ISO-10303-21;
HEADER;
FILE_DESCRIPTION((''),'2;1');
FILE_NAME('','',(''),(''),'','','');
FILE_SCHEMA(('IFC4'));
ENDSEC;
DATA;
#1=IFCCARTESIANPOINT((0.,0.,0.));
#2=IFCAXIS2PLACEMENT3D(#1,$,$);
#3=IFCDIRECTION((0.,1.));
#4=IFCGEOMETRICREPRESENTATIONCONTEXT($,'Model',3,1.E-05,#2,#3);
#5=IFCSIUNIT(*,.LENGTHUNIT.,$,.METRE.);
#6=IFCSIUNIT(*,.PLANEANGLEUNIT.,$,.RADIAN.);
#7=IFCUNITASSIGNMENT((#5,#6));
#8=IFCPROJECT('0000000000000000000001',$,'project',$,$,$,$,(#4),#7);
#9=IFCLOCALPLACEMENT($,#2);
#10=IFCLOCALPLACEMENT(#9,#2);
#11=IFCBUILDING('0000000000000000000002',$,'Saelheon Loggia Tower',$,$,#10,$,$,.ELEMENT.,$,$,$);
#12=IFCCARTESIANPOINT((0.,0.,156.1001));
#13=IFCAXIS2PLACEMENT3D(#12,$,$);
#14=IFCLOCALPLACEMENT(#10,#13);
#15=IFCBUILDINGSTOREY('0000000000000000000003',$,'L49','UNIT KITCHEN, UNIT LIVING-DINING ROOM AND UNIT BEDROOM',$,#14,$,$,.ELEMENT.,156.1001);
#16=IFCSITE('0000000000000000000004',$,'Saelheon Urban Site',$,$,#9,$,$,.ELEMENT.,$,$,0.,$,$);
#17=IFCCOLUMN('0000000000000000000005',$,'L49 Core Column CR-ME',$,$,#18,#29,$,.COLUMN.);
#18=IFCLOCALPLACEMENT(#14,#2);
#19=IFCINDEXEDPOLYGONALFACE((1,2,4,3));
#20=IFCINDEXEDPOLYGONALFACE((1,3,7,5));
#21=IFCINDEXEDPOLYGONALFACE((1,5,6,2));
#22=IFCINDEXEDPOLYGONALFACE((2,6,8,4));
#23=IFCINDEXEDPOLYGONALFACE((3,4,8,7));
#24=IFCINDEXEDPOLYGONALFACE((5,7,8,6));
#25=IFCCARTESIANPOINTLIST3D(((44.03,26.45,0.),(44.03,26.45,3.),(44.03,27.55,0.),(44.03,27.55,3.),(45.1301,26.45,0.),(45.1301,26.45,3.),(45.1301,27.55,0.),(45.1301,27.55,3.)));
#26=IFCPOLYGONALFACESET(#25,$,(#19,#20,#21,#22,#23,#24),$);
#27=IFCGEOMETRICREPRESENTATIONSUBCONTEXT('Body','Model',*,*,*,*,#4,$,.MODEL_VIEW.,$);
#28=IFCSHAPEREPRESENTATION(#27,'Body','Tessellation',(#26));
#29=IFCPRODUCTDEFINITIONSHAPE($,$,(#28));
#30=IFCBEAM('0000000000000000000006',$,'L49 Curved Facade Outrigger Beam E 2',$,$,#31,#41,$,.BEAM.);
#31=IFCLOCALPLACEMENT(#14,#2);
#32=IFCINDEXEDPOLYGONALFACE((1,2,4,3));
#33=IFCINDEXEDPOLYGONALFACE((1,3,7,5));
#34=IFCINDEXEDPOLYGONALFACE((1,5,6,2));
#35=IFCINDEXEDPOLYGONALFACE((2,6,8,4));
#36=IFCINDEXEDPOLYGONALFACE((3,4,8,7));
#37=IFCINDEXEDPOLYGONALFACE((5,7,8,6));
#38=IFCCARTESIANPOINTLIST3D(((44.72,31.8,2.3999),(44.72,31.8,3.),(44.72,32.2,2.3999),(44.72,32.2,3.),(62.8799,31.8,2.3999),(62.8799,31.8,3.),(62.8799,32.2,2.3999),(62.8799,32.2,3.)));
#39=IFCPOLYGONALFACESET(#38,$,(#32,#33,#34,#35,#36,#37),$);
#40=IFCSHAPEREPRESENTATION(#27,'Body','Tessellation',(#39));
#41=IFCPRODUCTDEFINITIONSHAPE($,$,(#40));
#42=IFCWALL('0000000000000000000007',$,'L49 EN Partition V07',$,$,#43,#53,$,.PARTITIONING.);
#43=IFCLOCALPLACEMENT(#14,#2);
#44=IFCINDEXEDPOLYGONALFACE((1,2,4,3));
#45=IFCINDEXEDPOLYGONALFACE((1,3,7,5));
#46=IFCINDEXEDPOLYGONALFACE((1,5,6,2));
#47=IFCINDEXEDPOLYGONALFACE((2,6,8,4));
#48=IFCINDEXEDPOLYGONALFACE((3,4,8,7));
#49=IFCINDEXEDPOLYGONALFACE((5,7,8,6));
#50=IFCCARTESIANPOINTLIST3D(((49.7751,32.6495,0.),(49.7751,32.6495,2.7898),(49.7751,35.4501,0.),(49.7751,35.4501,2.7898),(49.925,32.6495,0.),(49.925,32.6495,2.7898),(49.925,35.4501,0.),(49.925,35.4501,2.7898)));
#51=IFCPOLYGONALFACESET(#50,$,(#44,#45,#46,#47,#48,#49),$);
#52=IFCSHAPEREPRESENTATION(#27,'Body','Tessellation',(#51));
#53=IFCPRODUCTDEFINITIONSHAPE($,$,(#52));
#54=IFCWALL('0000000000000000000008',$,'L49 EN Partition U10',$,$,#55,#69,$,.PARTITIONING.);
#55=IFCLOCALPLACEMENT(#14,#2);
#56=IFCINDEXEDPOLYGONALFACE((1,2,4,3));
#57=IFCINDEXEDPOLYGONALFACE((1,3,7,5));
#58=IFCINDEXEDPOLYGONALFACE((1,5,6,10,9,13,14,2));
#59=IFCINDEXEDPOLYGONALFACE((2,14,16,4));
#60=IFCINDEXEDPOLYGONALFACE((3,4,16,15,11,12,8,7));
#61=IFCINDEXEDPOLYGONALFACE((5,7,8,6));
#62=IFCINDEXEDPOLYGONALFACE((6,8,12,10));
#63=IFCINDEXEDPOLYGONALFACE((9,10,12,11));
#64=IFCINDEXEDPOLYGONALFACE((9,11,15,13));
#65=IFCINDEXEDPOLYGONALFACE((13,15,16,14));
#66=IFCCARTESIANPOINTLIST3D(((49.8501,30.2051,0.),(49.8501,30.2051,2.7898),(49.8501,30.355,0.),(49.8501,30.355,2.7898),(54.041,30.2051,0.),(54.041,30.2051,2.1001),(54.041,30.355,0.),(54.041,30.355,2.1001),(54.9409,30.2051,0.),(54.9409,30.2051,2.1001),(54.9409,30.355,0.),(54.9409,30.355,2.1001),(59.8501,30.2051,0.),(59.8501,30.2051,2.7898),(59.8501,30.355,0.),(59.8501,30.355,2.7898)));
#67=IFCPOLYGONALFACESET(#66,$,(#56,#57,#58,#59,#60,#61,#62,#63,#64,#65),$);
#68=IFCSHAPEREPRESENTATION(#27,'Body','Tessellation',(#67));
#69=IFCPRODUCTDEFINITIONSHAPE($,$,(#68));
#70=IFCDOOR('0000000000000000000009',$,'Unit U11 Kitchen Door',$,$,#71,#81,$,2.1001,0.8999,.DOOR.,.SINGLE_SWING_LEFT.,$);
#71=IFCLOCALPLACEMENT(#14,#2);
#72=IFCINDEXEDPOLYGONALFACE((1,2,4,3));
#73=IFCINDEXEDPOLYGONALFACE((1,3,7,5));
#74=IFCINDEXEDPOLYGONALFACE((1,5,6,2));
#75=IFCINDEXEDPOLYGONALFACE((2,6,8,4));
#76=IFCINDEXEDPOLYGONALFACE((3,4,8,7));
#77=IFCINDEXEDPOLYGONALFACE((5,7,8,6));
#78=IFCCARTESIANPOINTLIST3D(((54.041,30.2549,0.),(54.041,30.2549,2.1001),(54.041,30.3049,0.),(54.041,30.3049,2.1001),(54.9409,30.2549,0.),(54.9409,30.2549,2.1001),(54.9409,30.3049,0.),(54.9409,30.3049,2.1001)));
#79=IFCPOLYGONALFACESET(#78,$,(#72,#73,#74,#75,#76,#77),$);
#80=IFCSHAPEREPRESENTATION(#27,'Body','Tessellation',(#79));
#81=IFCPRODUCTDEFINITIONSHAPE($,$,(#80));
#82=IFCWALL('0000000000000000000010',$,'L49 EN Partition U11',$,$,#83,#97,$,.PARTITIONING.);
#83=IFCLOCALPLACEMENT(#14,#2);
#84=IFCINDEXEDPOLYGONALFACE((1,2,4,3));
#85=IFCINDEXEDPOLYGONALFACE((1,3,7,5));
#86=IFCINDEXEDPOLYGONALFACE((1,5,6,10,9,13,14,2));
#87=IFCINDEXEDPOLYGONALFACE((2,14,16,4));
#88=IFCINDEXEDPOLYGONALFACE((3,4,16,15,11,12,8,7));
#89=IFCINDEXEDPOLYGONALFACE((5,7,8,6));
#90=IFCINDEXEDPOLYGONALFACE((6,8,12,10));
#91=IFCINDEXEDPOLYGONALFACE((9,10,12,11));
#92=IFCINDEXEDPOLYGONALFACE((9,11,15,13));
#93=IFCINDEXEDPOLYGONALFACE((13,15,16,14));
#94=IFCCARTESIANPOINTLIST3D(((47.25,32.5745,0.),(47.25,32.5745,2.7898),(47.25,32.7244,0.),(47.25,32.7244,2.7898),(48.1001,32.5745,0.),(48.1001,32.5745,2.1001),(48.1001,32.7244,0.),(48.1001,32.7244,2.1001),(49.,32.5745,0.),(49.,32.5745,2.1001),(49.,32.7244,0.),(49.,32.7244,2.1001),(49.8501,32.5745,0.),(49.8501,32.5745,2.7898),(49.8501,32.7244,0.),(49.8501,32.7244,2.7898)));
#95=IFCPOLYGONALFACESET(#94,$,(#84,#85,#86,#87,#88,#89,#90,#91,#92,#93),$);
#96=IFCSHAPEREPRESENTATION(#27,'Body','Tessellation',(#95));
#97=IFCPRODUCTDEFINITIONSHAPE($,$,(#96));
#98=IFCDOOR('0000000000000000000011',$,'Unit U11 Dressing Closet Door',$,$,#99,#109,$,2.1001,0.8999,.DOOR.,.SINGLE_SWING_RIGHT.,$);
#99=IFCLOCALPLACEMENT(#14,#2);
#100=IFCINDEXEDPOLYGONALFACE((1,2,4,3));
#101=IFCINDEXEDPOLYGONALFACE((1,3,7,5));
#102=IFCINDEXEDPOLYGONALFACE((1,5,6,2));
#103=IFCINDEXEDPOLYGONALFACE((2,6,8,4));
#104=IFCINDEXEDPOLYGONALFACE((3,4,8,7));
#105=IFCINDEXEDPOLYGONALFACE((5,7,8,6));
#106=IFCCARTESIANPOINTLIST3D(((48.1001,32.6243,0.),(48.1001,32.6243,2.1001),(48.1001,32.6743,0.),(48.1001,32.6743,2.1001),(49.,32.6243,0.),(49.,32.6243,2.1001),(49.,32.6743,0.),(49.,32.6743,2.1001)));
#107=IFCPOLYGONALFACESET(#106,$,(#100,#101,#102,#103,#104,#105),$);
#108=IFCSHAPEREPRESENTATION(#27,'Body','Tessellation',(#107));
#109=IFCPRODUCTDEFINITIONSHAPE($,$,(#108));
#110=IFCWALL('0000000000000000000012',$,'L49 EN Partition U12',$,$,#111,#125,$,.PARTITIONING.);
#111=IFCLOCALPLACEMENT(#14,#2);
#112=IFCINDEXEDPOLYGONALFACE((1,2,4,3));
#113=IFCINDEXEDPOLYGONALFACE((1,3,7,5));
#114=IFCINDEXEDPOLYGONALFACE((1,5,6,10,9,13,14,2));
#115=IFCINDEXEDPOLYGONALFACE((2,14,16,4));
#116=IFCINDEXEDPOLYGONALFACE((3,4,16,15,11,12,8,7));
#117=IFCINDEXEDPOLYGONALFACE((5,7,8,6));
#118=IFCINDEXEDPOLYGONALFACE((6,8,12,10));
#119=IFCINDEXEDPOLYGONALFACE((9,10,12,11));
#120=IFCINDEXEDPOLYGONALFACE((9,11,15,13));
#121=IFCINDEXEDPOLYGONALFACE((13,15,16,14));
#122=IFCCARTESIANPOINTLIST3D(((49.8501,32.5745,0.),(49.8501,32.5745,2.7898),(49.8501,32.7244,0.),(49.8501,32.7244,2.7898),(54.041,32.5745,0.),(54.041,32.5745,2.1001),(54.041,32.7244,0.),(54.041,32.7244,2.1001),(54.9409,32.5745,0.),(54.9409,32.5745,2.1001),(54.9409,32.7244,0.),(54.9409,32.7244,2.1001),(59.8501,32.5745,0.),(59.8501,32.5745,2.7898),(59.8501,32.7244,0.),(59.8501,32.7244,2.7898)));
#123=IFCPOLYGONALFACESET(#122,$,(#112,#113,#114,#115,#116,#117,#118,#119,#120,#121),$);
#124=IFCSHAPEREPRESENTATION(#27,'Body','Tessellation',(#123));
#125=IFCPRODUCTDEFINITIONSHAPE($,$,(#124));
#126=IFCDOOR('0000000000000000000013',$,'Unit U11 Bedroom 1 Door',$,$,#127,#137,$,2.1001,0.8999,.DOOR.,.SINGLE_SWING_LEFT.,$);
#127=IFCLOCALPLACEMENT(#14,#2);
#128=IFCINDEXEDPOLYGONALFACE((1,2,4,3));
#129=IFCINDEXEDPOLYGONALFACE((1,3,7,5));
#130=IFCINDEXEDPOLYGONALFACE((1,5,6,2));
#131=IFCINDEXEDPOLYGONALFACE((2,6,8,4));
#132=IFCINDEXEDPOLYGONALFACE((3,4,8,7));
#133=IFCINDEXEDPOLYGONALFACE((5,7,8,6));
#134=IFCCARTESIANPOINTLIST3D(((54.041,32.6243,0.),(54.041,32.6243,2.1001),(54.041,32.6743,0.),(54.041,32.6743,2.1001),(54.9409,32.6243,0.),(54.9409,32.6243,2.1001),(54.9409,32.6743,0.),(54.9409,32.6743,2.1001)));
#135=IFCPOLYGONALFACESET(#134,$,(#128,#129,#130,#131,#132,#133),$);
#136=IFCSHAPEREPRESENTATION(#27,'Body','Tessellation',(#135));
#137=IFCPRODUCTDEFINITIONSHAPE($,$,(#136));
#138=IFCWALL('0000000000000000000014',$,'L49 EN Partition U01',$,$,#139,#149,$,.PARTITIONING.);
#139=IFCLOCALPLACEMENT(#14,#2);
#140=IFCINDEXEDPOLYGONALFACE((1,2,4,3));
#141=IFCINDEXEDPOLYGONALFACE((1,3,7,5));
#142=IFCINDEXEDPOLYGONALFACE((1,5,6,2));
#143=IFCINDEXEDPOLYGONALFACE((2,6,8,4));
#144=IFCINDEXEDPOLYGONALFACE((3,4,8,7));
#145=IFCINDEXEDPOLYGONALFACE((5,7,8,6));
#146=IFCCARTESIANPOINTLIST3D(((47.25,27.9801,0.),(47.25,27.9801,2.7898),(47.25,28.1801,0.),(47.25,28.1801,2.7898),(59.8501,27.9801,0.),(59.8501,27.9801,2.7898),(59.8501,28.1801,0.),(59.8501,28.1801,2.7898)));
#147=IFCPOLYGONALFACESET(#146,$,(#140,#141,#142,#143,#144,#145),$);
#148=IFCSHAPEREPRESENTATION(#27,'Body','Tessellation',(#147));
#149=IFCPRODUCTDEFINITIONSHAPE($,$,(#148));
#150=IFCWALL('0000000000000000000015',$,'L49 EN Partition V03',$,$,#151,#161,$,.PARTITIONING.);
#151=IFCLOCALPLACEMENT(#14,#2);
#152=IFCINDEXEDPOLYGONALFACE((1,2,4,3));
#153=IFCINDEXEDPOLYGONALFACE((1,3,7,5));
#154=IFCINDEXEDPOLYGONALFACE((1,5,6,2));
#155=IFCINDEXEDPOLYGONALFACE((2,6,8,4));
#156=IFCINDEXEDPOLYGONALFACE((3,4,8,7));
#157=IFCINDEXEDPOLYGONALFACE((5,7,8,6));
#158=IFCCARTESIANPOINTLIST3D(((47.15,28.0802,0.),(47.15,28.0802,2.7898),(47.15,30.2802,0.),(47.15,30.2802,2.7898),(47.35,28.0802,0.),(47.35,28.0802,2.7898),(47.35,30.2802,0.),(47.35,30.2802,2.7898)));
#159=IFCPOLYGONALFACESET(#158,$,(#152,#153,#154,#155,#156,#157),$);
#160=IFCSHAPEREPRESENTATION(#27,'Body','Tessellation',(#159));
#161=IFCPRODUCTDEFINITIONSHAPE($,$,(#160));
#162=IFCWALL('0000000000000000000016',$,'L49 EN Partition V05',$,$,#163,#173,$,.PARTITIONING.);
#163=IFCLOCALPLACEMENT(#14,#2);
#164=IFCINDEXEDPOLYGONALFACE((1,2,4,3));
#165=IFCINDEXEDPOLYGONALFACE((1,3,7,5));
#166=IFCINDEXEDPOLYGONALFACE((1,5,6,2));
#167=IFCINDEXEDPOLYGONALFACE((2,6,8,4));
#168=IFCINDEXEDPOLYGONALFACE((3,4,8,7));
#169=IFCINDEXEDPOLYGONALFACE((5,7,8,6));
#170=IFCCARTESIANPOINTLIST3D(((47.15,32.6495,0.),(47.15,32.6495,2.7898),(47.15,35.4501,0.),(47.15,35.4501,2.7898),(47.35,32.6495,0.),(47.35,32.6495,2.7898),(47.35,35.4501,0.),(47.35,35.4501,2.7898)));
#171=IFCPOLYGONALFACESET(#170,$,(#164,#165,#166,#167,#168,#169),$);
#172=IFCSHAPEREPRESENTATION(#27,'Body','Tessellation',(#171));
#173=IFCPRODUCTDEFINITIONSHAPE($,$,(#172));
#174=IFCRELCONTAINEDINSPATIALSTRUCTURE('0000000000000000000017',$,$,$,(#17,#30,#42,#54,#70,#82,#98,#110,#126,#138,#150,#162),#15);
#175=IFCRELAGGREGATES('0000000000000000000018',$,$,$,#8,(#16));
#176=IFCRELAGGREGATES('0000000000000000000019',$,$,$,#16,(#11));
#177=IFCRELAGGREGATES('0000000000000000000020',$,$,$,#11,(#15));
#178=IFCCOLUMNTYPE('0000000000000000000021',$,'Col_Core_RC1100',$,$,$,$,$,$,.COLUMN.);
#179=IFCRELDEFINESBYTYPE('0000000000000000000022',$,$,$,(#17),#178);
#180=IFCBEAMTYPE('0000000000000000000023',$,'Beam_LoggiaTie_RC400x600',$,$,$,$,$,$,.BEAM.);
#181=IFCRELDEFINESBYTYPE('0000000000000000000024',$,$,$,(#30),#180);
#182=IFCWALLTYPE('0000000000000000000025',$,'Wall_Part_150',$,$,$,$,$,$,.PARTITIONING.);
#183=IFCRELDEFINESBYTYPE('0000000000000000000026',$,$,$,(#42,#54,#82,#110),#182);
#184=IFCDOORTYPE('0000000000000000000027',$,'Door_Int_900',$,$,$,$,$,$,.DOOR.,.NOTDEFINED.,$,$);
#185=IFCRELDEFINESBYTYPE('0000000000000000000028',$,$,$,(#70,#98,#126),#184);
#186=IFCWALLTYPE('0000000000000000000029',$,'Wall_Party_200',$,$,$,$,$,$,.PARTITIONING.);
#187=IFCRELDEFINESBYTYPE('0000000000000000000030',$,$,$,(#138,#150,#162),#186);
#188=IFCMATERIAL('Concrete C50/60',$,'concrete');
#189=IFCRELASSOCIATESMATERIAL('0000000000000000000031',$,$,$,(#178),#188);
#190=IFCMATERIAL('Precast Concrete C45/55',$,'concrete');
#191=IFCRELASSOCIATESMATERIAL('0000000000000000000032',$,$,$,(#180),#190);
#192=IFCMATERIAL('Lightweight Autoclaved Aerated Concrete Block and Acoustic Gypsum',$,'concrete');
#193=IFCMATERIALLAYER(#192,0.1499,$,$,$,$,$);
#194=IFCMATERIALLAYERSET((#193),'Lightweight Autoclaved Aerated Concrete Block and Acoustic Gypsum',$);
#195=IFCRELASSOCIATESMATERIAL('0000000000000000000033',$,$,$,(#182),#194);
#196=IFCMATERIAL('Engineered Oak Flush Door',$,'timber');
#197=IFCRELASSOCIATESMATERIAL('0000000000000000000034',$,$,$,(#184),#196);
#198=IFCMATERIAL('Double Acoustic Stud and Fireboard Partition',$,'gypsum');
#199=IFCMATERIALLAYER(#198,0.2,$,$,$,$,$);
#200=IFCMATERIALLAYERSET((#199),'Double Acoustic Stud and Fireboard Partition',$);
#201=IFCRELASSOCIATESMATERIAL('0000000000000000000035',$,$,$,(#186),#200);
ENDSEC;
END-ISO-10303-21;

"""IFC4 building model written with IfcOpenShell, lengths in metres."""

from ifc_helpers import new_model, si_unit, direction, frame, frame_2d, origin, origin_2d, place, context, subcontext, project, spatial, rectangle, extrude, source, transform, mapped, material, layer, layer_set, material_profile, profile_set, type_object, element, fill, save


model = new_model("IFC4")

# Units and contexts
model_context = context("Model", 3, precision=1e-05, world=origin(), true_north=direction((0.0, 1.0)))
body_context = subcontext(model_context, "Body", "Model", "MODEL_VIEW")
ifc_project = project(units=[si_unit("LENGTHUNIT", "METRE"), si_unit("PLANEANGLEUNIT", "RADIAN")], contexts=[model_context])

# Site, building, storey
site_placement = place(None, origin())
site = spatial("IfcSite", under=ifc_project, at=site_placement, Name="Saelheon Urban Site", CompositionType="ELEMENT", RefElevation=0.0)
building_placement = place(site_placement, origin())
building = spatial("IfcBuilding", under=site, at=building_placement, Name="Saelheon Loggia Tower", CompositionType="ELEMENT")
storey_placement = place(building_placement, frame((0.0, 0.0, 156.1001)))
storey = spatial("IfcBuildingStorey", under=building, at=storey_placement, Name="L49", Description="UNIT KITCHEN, UNIT LIVING-DINING ROOM AND UNIT BEDROOM", CompositionType="ELEMENT", Elevation=156.1001)

# Column
ifc_material_1 = material(Name="Concrete C50/60", Category="concrete")
ifc_material_profile_1 = material_profile(ifc_material_1, rectangle(XDim=1.1001, YDim=1.1001, at=origin_2d()), Name="RC-1100x1100")
ifc_profile_set_1 = profile_set([ifc_material_profile_1], Name="Concrete C50/60")
column_type = type_object("IfcColumnType", Name="Col_Core_RC1100", PredefinedType="COLUMN", material=ifc_profile_set_1)
shared_shape_1 = source(origin(), body_context, "Body", "SweptSolid", [
    extrude(rectangle(XDim=1.1001, YDim=1.1001, at=origin_2d()), origin(), (0.0, 0.0, 1.0), 3.0),
])
column_placement = place(storey_placement, frame((44.5801, 27.0, 0.0), z_axis=(0.0, 0.0, 1.0), x_axis=(1.0, 0.0, 0.0)))
element("IfcColumn", 1, at=column_placement, inside=storey, type_object=column_type, Name="L49 Core Column CR-ME", PredefinedType="COLUMN", context=body_context, shape_type="MappedRepresentation", body=[
    mapped(shared_shape_1, transform((0.0, 0.0, 0.0), scale=1.0)),
])

# Beam
ifc_material_2 = material(Name="Precast Concrete C45/55", Category="concrete")
ifc_material_profile_2 = material_profile(ifc_material_2, rectangle(XDim=0.3999, YDim=0.6001, at=origin_2d()), Name="RC-400x600")
ifc_profile_set_2 = profile_set([ifc_material_profile_2], Name="Precast Concrete C45/55")
beam_type = type_object("IfcBeamType", Name="Beam_LoggiaTie_RC400x600", PredefinedType="BEAM", material=ifc_profile_set_2)
shared_shape_2 = source(origin(), body_context, "Body", "SweptSolid", [
    extrude(rectangle(XDim=0.3999, YDim=0.6001, at=origin_2d()), origin(), (0.0, 0.0, 1.0), 18.1599),
])
beam_placement = place(storey_placement, frame((44.72, 32.0, 2.7), z_axis=(1.0, 0.0, 0.0), x_axis=(0.0, 1.0, 0.0)))
element("IfcBeam", 2, at=beam_placement, inside=storey, type_object=beam_type, Name="L49 Curved Facade Outrigger Beam E 2", PredefinedType="BEAM", context=body_context, shape_type="MappedRepresentation", body=[
    mapped(shared_shape_2, transform((0.0, 0.0, 0.0), scale=1.0)),
])

# Wall
ifc_material_3 = material(Name="Lightweight Autoclaved Aerated Concrete Block and Acoustic Gypsum", Category="concrete")
ifc_layer_1 = layer(ifc_material_3, 0.1499)
ifc_layer_set_1 = layer_set([ifc_layer_1], Name="Lightweight Autoclaved Aerated Concrete Block and Acoustic Gypsum")
wall_type_1 = type_object("IfcWallType", Name="Wall_Part_150", PredefinedType="PARTITIONING", material=ifc_layer_set_1)
wall_1_placement = place(storey_placement, frame((49.8501, 32.6494, 0.0), z_axis=(0.0, 0.0, 1.0), x_axis=(0.0, 1.0, 0.0)))
element("IfcWall", 3, at=wall_1_placement, inside=storey, type_object=wall_type_1, Name="L49 EN Partition V07", PredefinedType="PARTITIONING", context=body_context, shape_type="SweptSolid", body=[
    extrude(rectangle(XDim=2.8005, YDim=0.1499, at=frame_2d((1.4004, 0.0))), origin(), (0.0, 0.0, 1.0), 2.7898),
])

# Walls, openings, doors
wall_2_placement = place(storey_placement, frame((49.8501, 30.28, 0.0), z_axis=(0.0, 0.0, 1.0), x_axis=(1.0, 0.0, 0.0)))
wall_2 = element("IfcWall", 4, at=wall_2_placement, inside=storey, type_object=wall_type_1, Name="L49 EN Partition U10", PredefinedType="PARTITIONING", context=body_context, shape_type="SweptSolid", body=[
    extrude(rectangle(XDim=10.0, YDim=0.1499, at=frame_2d((5.0, 0.0))), origin(), (0.0, 0.0, 1.0), 2.7898),
])
opening_1_placement = place(wall_2_placement, frame((4.1909, 0.0, 0.0)))
opening_1 = element("IfcOpeningElement", 5, at=opening_1_placement, cuts=wall_2, PredefinedType="OPENING", context=body_context, shape_type="SweptSolid", body=[
    extrude(rectangle(XDim=0.8999, YDim=2.1001, at=frame_2d((0.45, 1.05))), frame((0.0, 0.0869, 0.0), z_axis=(0.0, -1.0, 0.0), x_axis=(1.0, 0.0, 0.0)), (0.0, 0.0, 1.0), 0.1738),
])
ifc_material_4 = material(Name="Engineered Oak Flush Door", Category="timber")
door_type_1 = type_object("IfcDoorType", Name="Door_Int_900", OperationType="NOTDEFINED", PredefinedType="DOOR", material=ifc_material_4)
shared_shape_3 = source(origin(), body_context, "Body", "SweptSolid", [
    extrude(rectangle(XDim=0.8999, YDim=2.1001, at=frame_2d((0.45, 1.05))), frame((0.0, 0.0249, 0.0), z_axis=(0.0, -1.0, 0.0), x_axis=(1.0, 0.0, 0.0)), (0.0, 0.0, 1.0), 0.05),
])
door_1_placement = place(opening_1_placement, origin())
door_1 = element("IfcDoor", 6, at=door_1_placement, inside=storey, type_object=door_type_1, Name="Unit U11 Kitchen Door", OperationType="SINGLE_SWING_LEFT", OverallHeight=2.1001, OverallWidth=0.8999, PredefinedType="DOOR", context=body_context, shape_type="MappedRepresentation", body=[
    mapped(shared_shape_3, transform((0.0, 0.0, 0.0), scale=1.0)),
])
fill(opening_1, door_1)
wall_3_placement = place(storey_placement, frame((47.25, 32.6494, 0.0), z_axis=(0.0, 0.0, 1.0), x_axis=(1.0, 0.0, 0.0)))
wall_3 = element("IfcWall", 7, at=wall_3_placement, inside=storey, type_object=wall_type_1, Name="L49 EN Partition U11", PredefinedType="PARTITIONING", context=body_context, shape_type="SweptSolid", body=[
    extrude(rectangle(XDim=2.6001, YDim=0.1499, at=frame_2d((1.3, 0.0))), origin(), (0.0, 0.0, 1.0), 2.7898),
])
opening_2_placement = place(wall_3_placement, frame((0.8501, 0.0, 0.0)))
opening_2 = element("IfcOpeningElement", 8, at=opening_2_placement, cuts=wall_3, PredefinedType="OPENING", context=body_context, shape_type="SweptSolid", body=[
    extrude(rectangle(XDim=0.8999, YDim=2.1001, at=frame_2d((0.45, 1.05))), frame((0.0, 0.0869, 0.0), z_axis=(0.0, -1.0, 0.0), x_axis=(1.0, 0.0, 0.0)), (0.0, 0.0, 1.0), 0.1738),
])
door_2_placement = place(opening_2_placement, origin())
door_2 = element("IfcDoor", 9, at=door_2_placement, inside=storey, type_object=door_type_1, Name="Unit U11 Dressing Closet Door", OperationType="SINGLE_SWING_RIGHT", OverallHeight=2.1001, OverallWidth=0.8999, PredefinedType="DOOR", context=body_context, shape_type="MappedRepresentation", body=[
    mapped(shared_shape_3, transform((0.0, 0.0, 0.0), scale=1.0)),
])
fill(opening_2, door_2)
wall_4_placement = place(storey_placement, frame((49.8501, 32.6494, 0.0), z_axis=(0.0, 0.0, 1.0), x_axis=(1.0, 0.0, 0.0)))
wall_4 = element("IfcWall", 10, at=wall_4_placement, inside=storey, type_object=wall_type_1, Name="L49 EN Partition U12", PredefinedType="PARTITIONING", context=body_context, shape_type="SweptSolid", body=[
    extrude(rectangle(XDim=10.0, YDim=0.1499, at=frame_2d((5.0, 0.0))), origin(), (0.0, 0.0, 1.0), 2.7898),
])
opening_3_placement = place(wall_4_placement, frame((4.1909, 0.0, 0.0)))
opening_3 = element("IfcOpeningElement", 11, at=opening_3_placement, cuts=wall_4, PredefinedType="OPENING", context=body_context, shape_type="SweptSolid", body=[
    extrude(rectangle(XDim=0.8999, YDim=2.1001, at=frame_2d((0.45, 1.05))), frame((0.0, 0.0869, 0.0), z_axis=(0.0, -1.0, 0.0), x_axis=(1.0, 0.0, 0.0)), (0.0, 0.0, 1.0), 0.1738),
])
door_3_placement = place(opening_3_placement, origin())
door_3 = element("IfcDoor", 12, at=door_3_placement, inside=storey, type_object=door_type_1, Name="Unit U11 Bedroom 1 Door", OperationType="SINGLE_SWING_LEFT", OverallHeight=2.1001, OverallWidth=0.8999, PredefinedType="DOOR", context=body_context, shape_type="MappedRepresentation", body=[
    mapped(shared_shape_3, transform((0.0, 0.0, 0.0), scale=1.0)),
])
fill(opening_3, door_3)

# Walls
ifc_material_5 = material(Name="Double Acoustic Stud and Fireboard Partition", Category="gypsum")
ifc_layer_2 = layer(ifc_material_5, 0.2)
ifc_layer_set_2 = layer_set([ifc_layer_2], Name="Double Acoustic Stud and Fireboard Partition")
wall_type_2 = type_object("IfcWallType", Name="Wall_Party_200", PredefinedType="PARTITIONING", material=ifc_layer_set_2)
wall_5_placement = place(storey_placement, frame((47.25, 28.0801, 0.0), z_axis=(0.0, 0.0, 1.0), x_axis=(1.0, 0.0, 0.0)))
element("IfcWall", 13, at=wall_5_placement, inside=storey, type_object=wall_type_2, Name="L49 EN Partition U01", PredefinedType="PARTITIONING", context=body_context, shape_type="SweptSolid", body=[
    extrude(rectangle(XDim=12.6001, YDim=0.2, at=frame_2d((6.3, 0.0))), origin(), (0.0, 0.0, 1.0), 2.7898),
])
wall_6_placement = place(storey_placement, frame((47.25, 28.0801, 0.0), z_axis=(0.0, 0.0, 1.0), x_axis=(0.0, 1.0, 0.0)))
element("IfcWall", 14, at=wall_6_placement, inside=storey, type_object=wall_type_2, Name="L49 EN Partition V03", PredefinedType="PARTITIONING", context=body_context, shape_type="SweptSolid", body=[
    extrude(rectangle(XDim=2.2, YDim=0.2, at=frame_2d((1.1001, 0.0))), origin(), (0.0, 0.0, 1.0), 2.7898),
])

# Wall
wall_7_placement = place(storey_placement, frame((47.25, 32.6494, 0.0), z_axis=(0.0, 0.0, 1.0), x_axis=(0.0, 1.0, 0.0)))
element("IfcWall", 15, at=wall_7_placement, inside=storey, type_object=wall_type_2, Name="L49 EN Partition V05", PredefinedType="PARTITIONING", context=body_context, shape_type="SweptSolid", body=[
    extrude(rectangle(XDim=2.8005, YDim=0.2, at=frame_2d((1.4004, 0.0))), origin(), (0.0, 0.0, 1.0), 2.7898),
])

save(model, "model.ifc")
